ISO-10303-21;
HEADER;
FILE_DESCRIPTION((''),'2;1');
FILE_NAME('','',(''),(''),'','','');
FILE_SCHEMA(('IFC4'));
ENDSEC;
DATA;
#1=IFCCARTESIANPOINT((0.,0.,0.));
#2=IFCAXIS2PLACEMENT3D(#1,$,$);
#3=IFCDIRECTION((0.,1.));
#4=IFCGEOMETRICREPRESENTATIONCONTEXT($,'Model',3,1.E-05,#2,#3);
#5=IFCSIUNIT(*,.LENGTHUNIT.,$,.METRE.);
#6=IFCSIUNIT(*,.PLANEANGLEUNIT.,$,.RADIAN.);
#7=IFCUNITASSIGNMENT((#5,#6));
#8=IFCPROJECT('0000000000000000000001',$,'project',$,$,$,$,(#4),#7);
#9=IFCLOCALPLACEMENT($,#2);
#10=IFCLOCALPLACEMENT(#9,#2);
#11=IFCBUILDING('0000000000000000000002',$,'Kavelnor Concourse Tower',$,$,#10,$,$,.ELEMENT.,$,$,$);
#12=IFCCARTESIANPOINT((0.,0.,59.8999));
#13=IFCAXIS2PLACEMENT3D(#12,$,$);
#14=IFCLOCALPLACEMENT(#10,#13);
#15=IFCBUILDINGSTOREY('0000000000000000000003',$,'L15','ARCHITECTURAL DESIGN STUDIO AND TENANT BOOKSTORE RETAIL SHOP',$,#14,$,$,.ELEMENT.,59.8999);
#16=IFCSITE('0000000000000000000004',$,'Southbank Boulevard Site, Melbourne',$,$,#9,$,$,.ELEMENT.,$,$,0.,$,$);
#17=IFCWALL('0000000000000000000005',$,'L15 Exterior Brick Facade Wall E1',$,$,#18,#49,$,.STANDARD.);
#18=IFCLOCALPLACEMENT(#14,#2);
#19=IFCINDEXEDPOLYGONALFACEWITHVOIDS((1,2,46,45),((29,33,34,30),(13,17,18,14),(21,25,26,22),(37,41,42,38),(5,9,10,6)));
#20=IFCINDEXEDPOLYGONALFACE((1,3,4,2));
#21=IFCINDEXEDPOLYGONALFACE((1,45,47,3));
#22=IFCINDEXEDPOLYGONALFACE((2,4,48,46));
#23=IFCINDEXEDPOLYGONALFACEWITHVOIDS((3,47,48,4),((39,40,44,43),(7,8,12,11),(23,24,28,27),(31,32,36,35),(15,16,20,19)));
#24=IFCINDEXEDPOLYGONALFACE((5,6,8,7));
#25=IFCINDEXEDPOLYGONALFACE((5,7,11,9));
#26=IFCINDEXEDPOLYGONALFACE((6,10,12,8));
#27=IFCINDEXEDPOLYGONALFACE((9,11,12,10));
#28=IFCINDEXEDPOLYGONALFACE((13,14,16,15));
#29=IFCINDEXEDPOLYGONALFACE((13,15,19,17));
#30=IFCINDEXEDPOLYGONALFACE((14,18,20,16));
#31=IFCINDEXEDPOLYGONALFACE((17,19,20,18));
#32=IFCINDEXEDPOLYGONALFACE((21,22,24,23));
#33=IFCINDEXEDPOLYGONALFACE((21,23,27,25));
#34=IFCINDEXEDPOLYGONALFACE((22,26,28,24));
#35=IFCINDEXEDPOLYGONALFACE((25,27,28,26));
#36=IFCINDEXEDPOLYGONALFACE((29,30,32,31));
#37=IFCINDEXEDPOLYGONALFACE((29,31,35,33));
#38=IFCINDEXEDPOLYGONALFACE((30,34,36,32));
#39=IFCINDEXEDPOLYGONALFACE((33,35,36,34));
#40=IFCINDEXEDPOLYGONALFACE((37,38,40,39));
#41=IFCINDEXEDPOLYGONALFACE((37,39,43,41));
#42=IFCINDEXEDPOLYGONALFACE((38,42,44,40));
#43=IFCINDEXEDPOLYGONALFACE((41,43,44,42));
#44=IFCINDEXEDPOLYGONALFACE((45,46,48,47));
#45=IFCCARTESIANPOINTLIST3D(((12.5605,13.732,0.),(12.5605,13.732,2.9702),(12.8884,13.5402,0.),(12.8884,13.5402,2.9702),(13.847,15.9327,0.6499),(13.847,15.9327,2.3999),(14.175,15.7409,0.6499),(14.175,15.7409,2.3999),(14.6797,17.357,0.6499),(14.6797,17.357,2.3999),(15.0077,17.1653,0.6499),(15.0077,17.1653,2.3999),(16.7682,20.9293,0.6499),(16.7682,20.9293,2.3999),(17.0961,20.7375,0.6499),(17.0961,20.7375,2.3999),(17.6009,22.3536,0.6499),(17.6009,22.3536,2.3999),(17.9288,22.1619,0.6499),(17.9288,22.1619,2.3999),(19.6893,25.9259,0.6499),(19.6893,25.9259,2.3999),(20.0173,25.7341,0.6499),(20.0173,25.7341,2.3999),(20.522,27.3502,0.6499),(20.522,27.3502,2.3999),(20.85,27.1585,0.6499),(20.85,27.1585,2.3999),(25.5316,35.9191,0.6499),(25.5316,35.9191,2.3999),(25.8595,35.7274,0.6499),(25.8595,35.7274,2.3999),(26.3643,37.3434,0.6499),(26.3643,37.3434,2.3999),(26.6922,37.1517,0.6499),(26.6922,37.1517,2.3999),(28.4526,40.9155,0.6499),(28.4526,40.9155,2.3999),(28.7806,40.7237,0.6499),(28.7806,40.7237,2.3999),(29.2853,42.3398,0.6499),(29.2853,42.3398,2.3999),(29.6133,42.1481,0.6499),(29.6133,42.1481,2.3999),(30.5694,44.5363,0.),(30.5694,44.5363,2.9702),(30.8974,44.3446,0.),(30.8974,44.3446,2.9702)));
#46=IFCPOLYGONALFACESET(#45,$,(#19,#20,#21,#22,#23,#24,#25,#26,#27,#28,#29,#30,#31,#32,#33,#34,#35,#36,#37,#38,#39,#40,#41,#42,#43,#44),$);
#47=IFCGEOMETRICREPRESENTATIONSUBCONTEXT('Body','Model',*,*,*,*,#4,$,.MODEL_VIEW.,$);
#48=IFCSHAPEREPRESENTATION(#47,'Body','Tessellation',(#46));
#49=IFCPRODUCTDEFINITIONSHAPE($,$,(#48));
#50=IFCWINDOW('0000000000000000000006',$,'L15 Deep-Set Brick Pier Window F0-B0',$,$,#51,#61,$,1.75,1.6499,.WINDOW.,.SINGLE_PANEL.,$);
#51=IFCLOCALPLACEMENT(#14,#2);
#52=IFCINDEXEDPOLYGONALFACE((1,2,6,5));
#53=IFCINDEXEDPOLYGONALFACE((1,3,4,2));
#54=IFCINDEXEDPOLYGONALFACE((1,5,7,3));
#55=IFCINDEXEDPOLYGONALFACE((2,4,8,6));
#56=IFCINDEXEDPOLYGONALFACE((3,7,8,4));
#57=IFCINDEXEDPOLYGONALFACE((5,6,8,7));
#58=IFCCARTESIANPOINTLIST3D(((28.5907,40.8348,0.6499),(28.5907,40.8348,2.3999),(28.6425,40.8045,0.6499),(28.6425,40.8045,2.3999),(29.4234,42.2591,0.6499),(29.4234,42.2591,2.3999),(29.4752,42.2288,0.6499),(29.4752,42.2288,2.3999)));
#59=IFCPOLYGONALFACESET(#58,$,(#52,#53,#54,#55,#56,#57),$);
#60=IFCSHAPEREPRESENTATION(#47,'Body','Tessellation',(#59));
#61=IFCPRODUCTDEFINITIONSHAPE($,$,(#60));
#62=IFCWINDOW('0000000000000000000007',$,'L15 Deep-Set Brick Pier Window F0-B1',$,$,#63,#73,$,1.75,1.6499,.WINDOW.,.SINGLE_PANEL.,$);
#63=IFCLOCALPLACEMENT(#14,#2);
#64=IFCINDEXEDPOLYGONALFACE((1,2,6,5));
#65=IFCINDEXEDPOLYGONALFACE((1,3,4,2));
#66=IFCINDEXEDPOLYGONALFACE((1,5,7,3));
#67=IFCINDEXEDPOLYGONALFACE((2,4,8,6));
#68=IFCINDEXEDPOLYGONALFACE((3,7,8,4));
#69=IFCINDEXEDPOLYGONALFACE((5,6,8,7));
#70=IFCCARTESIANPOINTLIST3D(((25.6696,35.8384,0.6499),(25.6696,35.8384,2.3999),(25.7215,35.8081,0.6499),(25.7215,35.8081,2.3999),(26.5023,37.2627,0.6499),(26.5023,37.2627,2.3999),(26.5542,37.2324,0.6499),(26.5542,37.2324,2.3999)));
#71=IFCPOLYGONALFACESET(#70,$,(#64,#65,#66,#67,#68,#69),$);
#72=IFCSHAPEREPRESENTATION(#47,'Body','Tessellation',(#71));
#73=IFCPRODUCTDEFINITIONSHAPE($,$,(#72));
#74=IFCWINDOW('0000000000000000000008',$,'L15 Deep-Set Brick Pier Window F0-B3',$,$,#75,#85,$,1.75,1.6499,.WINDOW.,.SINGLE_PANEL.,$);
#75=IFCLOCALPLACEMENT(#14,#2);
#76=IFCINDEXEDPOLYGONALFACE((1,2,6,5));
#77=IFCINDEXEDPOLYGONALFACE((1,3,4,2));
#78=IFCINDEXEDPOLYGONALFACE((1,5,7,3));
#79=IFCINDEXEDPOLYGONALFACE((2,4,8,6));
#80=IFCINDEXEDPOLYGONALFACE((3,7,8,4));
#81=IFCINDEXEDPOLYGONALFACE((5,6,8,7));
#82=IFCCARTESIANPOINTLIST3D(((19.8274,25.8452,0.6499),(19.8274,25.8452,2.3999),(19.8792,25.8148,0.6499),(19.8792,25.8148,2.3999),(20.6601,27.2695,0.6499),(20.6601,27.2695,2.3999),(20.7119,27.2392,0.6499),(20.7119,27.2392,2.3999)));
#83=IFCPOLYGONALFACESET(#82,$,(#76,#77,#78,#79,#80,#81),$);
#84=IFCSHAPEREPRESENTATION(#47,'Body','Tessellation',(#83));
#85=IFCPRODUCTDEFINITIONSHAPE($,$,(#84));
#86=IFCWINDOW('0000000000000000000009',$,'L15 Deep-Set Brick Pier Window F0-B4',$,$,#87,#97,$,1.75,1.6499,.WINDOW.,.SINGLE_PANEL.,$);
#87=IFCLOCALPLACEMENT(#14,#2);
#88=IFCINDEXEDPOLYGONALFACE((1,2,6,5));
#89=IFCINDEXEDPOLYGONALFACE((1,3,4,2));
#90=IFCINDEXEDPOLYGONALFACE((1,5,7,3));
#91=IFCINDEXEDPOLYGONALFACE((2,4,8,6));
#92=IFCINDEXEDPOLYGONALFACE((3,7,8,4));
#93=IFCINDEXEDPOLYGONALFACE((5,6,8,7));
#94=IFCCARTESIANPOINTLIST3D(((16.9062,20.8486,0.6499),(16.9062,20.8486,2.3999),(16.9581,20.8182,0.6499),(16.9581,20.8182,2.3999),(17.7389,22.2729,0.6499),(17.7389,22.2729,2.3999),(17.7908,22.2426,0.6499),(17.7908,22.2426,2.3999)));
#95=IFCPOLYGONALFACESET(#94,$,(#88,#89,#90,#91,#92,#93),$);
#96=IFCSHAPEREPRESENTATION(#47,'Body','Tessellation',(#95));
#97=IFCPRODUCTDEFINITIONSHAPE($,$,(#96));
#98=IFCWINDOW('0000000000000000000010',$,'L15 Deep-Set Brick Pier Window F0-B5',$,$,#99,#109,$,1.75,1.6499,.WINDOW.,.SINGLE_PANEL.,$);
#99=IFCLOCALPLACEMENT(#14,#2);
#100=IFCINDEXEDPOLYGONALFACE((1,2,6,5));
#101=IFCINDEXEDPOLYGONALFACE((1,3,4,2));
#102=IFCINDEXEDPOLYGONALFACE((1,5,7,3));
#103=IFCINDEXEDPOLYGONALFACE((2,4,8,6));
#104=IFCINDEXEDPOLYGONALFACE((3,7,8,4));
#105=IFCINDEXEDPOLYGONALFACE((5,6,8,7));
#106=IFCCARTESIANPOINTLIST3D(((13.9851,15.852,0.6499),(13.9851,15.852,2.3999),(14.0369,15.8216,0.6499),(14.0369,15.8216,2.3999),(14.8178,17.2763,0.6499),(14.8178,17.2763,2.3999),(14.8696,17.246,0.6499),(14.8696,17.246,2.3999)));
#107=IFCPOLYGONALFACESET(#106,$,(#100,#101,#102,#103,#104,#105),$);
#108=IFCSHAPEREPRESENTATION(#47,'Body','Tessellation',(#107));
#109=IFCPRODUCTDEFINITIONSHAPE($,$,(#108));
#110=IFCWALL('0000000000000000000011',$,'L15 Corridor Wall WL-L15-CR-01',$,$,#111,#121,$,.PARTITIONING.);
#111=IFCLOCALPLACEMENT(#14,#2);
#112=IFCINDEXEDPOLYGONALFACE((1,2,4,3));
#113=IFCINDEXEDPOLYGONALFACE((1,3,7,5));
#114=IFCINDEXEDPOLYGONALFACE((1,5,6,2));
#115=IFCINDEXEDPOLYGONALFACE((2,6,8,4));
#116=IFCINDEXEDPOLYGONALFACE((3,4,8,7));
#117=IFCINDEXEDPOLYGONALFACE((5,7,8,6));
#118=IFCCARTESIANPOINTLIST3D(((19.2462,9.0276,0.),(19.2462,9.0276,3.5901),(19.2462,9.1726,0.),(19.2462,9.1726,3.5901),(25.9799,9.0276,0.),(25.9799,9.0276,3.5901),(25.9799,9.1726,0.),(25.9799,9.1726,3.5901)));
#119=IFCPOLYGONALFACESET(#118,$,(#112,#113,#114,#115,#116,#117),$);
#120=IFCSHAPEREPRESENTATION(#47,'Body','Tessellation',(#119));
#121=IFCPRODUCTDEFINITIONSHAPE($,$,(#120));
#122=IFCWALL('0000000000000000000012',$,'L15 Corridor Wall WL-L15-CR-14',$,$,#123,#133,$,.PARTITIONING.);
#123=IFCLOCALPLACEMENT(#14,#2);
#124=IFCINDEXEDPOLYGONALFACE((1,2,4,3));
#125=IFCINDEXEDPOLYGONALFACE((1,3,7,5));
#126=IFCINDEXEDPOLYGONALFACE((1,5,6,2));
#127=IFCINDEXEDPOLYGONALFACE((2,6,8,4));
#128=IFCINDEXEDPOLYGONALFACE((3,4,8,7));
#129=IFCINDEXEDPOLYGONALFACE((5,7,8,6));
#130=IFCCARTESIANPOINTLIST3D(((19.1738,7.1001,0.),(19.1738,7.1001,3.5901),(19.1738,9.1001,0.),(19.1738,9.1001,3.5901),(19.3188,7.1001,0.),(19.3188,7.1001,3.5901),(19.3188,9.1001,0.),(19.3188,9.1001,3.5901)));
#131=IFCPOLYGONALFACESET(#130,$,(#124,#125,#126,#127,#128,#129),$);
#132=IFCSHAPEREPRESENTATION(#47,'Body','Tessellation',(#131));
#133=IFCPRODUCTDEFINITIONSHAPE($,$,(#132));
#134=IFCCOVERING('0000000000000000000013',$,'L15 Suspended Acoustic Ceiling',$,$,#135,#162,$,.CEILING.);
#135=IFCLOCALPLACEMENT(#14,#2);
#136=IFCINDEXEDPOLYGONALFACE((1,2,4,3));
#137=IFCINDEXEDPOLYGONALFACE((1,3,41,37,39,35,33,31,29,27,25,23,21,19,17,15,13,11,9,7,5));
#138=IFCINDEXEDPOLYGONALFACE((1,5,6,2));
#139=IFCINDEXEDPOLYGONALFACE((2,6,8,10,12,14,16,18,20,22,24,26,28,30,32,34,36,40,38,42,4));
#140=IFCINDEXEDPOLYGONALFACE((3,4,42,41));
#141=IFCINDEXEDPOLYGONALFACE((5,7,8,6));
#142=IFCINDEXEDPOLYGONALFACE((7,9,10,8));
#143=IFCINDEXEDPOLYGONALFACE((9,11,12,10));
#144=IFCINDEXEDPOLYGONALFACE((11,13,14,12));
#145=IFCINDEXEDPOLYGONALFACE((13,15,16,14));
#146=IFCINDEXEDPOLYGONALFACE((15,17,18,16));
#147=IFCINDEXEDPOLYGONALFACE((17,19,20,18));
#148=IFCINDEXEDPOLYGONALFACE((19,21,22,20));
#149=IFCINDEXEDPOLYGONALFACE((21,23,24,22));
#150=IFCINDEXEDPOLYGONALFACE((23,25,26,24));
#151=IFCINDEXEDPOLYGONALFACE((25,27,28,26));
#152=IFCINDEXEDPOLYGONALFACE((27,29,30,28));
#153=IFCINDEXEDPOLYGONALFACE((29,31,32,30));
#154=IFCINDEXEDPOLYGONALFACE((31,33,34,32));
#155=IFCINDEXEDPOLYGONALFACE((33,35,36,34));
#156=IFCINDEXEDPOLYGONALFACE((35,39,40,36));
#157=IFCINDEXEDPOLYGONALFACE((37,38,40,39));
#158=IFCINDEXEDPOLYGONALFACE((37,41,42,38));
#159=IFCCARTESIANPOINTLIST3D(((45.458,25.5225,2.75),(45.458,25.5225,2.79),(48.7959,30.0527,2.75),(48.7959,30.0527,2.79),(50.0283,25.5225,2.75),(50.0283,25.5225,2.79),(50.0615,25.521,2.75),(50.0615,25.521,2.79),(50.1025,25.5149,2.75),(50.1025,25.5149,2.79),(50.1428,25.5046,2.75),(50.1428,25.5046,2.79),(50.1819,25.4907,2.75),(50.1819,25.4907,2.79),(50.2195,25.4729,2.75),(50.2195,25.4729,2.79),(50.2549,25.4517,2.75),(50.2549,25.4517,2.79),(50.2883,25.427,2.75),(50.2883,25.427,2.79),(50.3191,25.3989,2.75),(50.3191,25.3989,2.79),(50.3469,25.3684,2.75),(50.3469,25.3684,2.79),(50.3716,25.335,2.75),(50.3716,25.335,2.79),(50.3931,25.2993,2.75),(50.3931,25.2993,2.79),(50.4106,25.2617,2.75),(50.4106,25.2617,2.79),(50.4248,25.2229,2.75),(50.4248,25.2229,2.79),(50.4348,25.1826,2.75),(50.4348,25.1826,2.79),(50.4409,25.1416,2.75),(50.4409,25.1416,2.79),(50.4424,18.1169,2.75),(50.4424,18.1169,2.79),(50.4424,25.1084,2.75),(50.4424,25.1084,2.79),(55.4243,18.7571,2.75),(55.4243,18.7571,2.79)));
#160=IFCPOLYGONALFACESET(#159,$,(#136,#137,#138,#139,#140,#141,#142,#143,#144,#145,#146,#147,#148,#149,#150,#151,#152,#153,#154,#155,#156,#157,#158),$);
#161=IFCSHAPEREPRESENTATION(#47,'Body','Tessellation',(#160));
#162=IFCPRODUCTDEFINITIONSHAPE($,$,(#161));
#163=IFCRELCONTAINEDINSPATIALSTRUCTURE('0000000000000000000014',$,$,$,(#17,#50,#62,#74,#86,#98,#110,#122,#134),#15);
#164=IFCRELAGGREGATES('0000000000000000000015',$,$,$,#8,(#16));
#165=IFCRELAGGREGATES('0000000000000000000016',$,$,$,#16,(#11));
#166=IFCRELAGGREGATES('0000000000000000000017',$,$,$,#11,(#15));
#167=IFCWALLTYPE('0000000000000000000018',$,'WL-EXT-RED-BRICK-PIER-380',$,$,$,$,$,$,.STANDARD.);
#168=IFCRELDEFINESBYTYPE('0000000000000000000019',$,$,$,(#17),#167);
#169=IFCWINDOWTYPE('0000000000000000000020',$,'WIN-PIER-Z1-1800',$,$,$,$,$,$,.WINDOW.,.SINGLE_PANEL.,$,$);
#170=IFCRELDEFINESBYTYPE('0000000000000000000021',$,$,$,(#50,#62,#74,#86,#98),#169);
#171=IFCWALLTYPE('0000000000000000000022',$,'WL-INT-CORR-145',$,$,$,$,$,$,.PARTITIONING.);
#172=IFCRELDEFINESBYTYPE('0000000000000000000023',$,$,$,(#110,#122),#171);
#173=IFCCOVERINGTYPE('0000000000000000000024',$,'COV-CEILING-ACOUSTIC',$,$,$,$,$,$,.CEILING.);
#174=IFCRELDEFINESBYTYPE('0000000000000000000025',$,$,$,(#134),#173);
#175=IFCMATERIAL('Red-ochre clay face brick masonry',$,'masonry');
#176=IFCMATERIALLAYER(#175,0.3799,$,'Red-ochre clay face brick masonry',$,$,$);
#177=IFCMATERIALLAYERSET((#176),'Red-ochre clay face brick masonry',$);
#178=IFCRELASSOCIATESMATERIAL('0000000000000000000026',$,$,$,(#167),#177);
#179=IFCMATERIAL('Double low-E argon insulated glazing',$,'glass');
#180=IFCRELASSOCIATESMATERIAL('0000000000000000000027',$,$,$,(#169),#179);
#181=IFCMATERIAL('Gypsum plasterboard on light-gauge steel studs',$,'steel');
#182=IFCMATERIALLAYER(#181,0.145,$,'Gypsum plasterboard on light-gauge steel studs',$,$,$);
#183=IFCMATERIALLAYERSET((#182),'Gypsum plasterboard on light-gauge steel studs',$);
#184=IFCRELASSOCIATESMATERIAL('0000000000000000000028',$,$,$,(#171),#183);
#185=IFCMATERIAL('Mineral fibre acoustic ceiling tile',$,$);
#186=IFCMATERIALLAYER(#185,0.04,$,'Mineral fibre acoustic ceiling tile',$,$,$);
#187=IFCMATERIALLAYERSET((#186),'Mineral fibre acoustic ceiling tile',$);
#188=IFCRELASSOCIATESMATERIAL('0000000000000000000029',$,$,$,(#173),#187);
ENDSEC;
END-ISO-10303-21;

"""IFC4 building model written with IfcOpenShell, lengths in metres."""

from ifc_helpers import new_model, si_unit, direction, frame, frame_2d, origin, place, context, subcontext, project, spatial, polyline, rectangle, outline, extrude, material, layer, layer_set, type_object, element, fill, save


model = new_model("IFC4")

# Units and contexts
model_context = context("Model", 3, precision=1e-05, world=origin(), true_north=direction((0.0, 1.0)))
body_context = subcontext(model_context, "Body", "Model", "MODEL_VIEW")
ifc_project = project(units=[si_unit("LENGTHUNIT", "METRE"), si_unit("PLANEANGLEUNIT", "RADIAN")], contexts=[model_context])

# Site, building, storey
site_placement = place(None, origin())
site = spatial("IfcSite", under=ifc_project, at=site_placement, Name="Southbank Boulevard Site, Melbourne", CompositionType="ELEMENT", RefElevation=0.0)
building_placement = place(site_placement, origin())
building = spatial("IfcBuilding", under=site, at=building_placement, Name="Kavelnor Concourse Tower", CompositionType="ELEMENT")
storey_placement = place(building_placement, frame((0.0, 0.0, 59.8999)))
storey = spatial("IfcBuildingStorey", under=building, at=storey_placement, Name="L15", Description="ARCHITECTURAL DESIGN STUDIO AND TENANT BOOKSTORE RETAIL SHOP", CompositionType="ELEMENT", Elevation=59.8999)

# Wall, openings, windows
ifc_material_1 = material(Name="Red-ochre clay face brick masonry", Category="masonry")
ifc_layer_1 = layer(ifc_material_1, 0.3799, Name="Red-ochre clay face brick masonry")
ifc_layer_set_1 = layer_set([ifc_layer_1], Name="Red-ochre clay face brick masonry")
wall_type_1 = type_object("IfcWallType", Name="WL-EXT-RED-BRICK-PIER-380", PredefinedType="STANDARD", material=ifc_layer_set_1)
wall_1_placement = place(storey_placement, frame((12.7244, 13.636, 0.0), z_axis=(0.0, 0.0, 1.0), x_axis=(0.504702, 0.863293, 0.0)))
wall_1 = element("IfcWall", 1, at=wall_1_placement, inside=storey, type_object=wall_type_1, Name="L15 Exterior Brick Facade Wall E1", PredefinedType="STANDARD", context=body_context, shape_type="SweptSolid", body=[
    extrude(rectangle(XDim=35.6824, YDim=0.3799, at=frame_2d((17.8413, 0.0))), origin(), (0.0, 0.0, 1.0), 2.9702),
])
opening_1_placement = place(wall_1_placement, frame((31.4883, 0.0, 0.6499)))
opening_1 = element("IfcOpeningElement", 2, at=opening_1_placement, cuts=wall_1, PredefinedType="OPENING", context=body_context, shape_type="SweptSolid", body=[
    extrude(rectangle(XDim=1.6499, YDim=1.75, at=frame_2d((0.825, 0.875))), frame((0.0, 0.2, 0.0), z_axis=(0.0, -1.0, 0.0), x_axis=(1.0, 0.0, 0.0)), (0.0, 0.0, 1.0), 0.3999),
])
opening_2_placement = place(wall_1_placement, frame((25.7007, 0.0, 0.6499)))
opening_2 = element("IfcOpeningElement", 3, at=opening_2_placement, cuts=wall_1, PredefinedType="OPENING", context=body_context, shape_type="SweptSolid", body=[
    extrude(rectangle(XDim=1.6499, YDim=1.75, at=frame_2d((0.825, 0.875))), frame((0.0, 0.2, 0.0), z_axis=(0.0, -1.0, 0.0), x_axis=(1.0, 0.0, 0.0)), (0.0, 0.0, 1.0), 0.3999),
])
opening_3_placement = place(wall_1_placement, frame((14.125, 0.0, 0.6499)))
opening_3 = element("IfcOpeningElement", 4, at=opening_3_placement, cuts=wall_1, PredefinedType="OPENING", context=body_context, shape_type="SweptSolid", body=[
    extrude(rectangle(XDim=1.6499, YDim=1.75, at=frame_2d((0.825, 0.875))), frame((0.0, 0.2, 0.0), z_axis=(0.0, -1.0, 0.0), x_axis=(1.0, 0.0, 0.0)), (0.0, 0.0, 1.0), 0.3999),
])
opening_4_placement = place(wall_1_placement, frame((8.3372, 0.0, 0.6499)))
opening_4 = element("IfcOpeningElement", 5, at=opening_4_placement, cuts=wall_1, PredefinedType="OPENING", context=body_context, shape_type="SweptSolid", body=[
    extrude(rectangle(XDim=1.6499, YDim=1.75, at=frame_2d((0.825, 0.875))), frame((0.0, 0.2, 0.0), z_axis=(0.0, -1.0, 0.0), x_axis=(1.0, 0.0, 0.0)), (0.0, 0.0, 1.0), 0.3999),
])
opening_5_placement = place(wall_1_placement, frame((2.5493, 0.0, 0.6499)))
opening_5 = element("IfcOpeningElement", 6, at=opening_5_placement, cuts=wall_1, PredefinedType="OPENING", context=body_context, shape_type="SweptSolid", body=[
    extrude(rectangle(XDim=1.6499, YDim=1.75, at=frame_2d((0.825, 0.875))), frame((0.0, 0.2, 0.0), z_axis=(0.0, -1.0, 0.0), x_axis=(1.0, 0.0, 0.0)), (0.0, 0.0, 1.0), 0.3999),
])
ifc_material_2 = material(Name="Double low-E argon insulated glazing", Category="glass")
window_type = type_object("IfcWindowType", Name="WIN-PIER-Z1-1800", PartitioningType="SINGLE_PANEL", PredefinedType="WINDOW", material=ifc_material_2)
window_1_placement = place(opening_1_placement, origin())
window_1 = element("IfcWindow", 7, at=window_1_placement, inside=storey, type_object=window_type, Name="L15 Deep-Set Brick Pier Window F0-B0", OverallHeight=1.75, OverallWidth=1.6499, PartitioningType="SINGLE_PANEL", PredefinedType="WINDOW", context=body_context, shape_type="SweptSolid", body=[
    extrude(rectangle(XDim=1.6499, YDim=1.75, at=frame_2d((0.825, 0.875))), frame((0.0, 0.03, 0.0), z_axis=(0.0, -1.0, 0.0), x_axis=(1.0, 0.0, 0.0)), (0.0, 0.0, 1.0), 0.0601),
])
fill(opening_1, window_1)
window_2_placement = place(opening_2_placement, origin())
window_2 = element("IfcWindow", 8, at=window_2_placement, inside=storey, type_object=window_type, Name="L15 Deep-Set Brick Pier Window F0-B1", OverallHeight=1.75, OverallWidth=1.6499, PartitioningType="SINGLE_PANEL", PredefinedType="WINDOW", context=body_context, shape_type="SweptSolid", body=[
    extrude(rectangle(XDim=1.6499, YDim=1.75, at=frame_2d((0.825, 0.875))), frame((0.0, 0.03, 0.0), z_axis=(0.0, -1.0, 0.0), x_axis=(1.0, 0.0, 0.0)), (0.0, 0.0, 1.0), 0.0601),
])
fill(opening_2, window_2)
window_3_placement = place(opening_3_placement, origin())
window_3 = element("IfcWindow", 9, at=window_3_placement, inside=storey, type_object=window_type, Name="L15 Deep-Set Brick Pier Window F0-B3", OverallHeight=1.75, OverallWidth=1.6499, PartitioningType="SINGLE_PANEL", PredefinedType="WINDOW", context=body_context, shape_type="SweptSolid", body=[
    extrude(rectangle(XDim=1.6499, YDim=1.75, at=frame_2d((0.825, 0.875))), frame((0.0, 0.03, 0.0), z_axis=(0.0, -1.0, 0.0), x_axis=(1.0, 0.0, 0.0)), (0.0, 0.0, 1.0), 0.0601),
])
fill(opening_3, window_3)
window_4_placement = place(opening_4_placement, origin())
window_4 = element("IfcWindow", 10, at=window_4_placement, inside=storey, type_object=window_type, Name="L15 Deep-Set Brick Pier Window F0-B4", OverallHeight=1.75, OverallWidth=1.6499, PartitioningType="SINGLE_PANEL", PredefinedType="WINDOW", context=body_context, shape_type="SweptSolid", body=[
    extrude(rectangle(XDim=1.6499, YDim=1.75, at=frame_2d((0.825, 0.875))), frame((0.0, 0.03, 0.0), z_axis=(0.0, -1.0, 0.0), x_axis=(1.0, 0.0, 0.0)), (0.0, 0.0, 1.0), 0.0601),
])
fill(opening_4, window_4)
window_5_placement = place(opening_5_placement, origin())
window_5 = element("IfcWindow", 11, at=window_5_placement, inside=storey, type_object=window_type, Name="L15 Deep-Set Brick Pier Window F0-B5", OverallHeight=1.75, OverallWidth=1.6499, PartitioningType="SINGLE_PANEL", PredefinedType="WINDOW", context=body_context, shape_type="SweptSolid", body=[
    extrude(rectangle(XDim=1.6499, YDim=1.75, at=frame_2d((0.825, 0.875))), frame((0.0, 0.03, 0.0), z_axis=(0.0, -1.0, 0.0), x_axis=(1.0, 0.0, 0.0)), (0.0, 0.0, 1.0), 0.0601),
])
fill(opening_5, window_5)

# Walls
ifc_material_3 = material(Name="Gypsum plasterboard on light-gauge steel studs", Category="steel")
ifc_layer_2 = layer(ifc_material_3, 0.145, Name="Gypsum plasterboard on light-gauge steel studs")
ifc_layer_set_2 = layer_set([ifc_layer_2], Name="Gypsum plasterboard on light-gauge steel studs")
wall_type_2 = type_object("IfcWallType", Name="WL-INT-CORR-145", PredefinedType="PARTITIONING", material=ifc_layer_set_2)
wall_2_placement = place(storey_placement, frame((19.2463, 9.1001, 0.0), z_axis=(0.0, 0.0, 1.0), x_axis=(1.0, 0.0, 0.0)))
element("IfcWall", 12, at=wall_2_placement, inside=storey, type_object=wall_type_2, Name="L15 Corridor Wall WL-L15-CR-01", PredefinedType="PARTITIONING", context=body_context, shape_type="SweptSolid", body=[
    extrude(rectangle(XDim=6.7336, YDim=0.145, at=frame_2d((3.3667, 0.0))), origin(), (0.0, 0.0, 1.0), 3.5901),
])
wall_3_placement = place(storey_placement, frame((19.2463, 7.1001, 0.0), z_axis=(0.0, 0.0, 1.0), x_axis=(0.0, 1.0, 0.0)))
element("IfcWall", 13, at=wall_3_placement, inside=storey, type_object=wall_type_2, Name="L15 Corridor Wall WL-L15-CR-14", PredefinedType="PARTITIONING", context=body_context, shape_type="SweptSolid", body=[
    extrude(rectangle(XDim=2.0, YDim=0.145, at=frame_2d((1.0, 0.0))), origin(), (0.0, 0.0, 1.0), 3.5901),
])

# Covering
ifc_material_4 = material(Name="Mineral fibre acoustic ceiling tile")
ifc_layer_3 = layer(ifc_material_4, 0.04, Name="Mineral fibre acoustic ceiling tile")
ifc_layer_set_3 = layer_set([ifc_layer_3], Name="Mineral fibre acoustic ceiling tile")
covering_type_1 = type_object("IfcCoveringType", Name="COV-CEILING-ACOUSTIC", PredefinedType="CEILING", material=ifc_layer_set_3)
covering_1_placement = place(storey_placement, frame((0.0, 0.0, 2.75)))
element("IfcCovering", 14, at=covering_1_placement, inside=storey, type_object=covering_type_1, Name="L15 Suspended Acoustic Ceiling", PredefinedType="CEILING", context=body_context, shape_type="SweptSolid", body=[
    extrude(outline(polyline([(50.4348, 25.1826), (50.4248, 25.2229), (50.4106, 25.2617), (50.3931, 25.2993), (50.3716, 25.335), (50.3469, 25.3684), (50.3191, 25.3989), (50.2883, 25.427), (50.2549, 25.4517), (50.2195, 25.4729), (50.1819, 25.4907), (50.1428, 25.5046), (50.1025, 25.5149), (50.0615, 25.521), (50.0283, 25.5225), (45.458, 25.5225), (48.7959, 30.0527), (55.4243, 18.7571), (50.4424, 18.1169), (50.4424, 25.1084), (50.4409, 25.1416), (50.4348, 25.1826)])), origin(), (0.0, 0.0, 1.0), 0.04),
])

save(model, "model.ifc")
